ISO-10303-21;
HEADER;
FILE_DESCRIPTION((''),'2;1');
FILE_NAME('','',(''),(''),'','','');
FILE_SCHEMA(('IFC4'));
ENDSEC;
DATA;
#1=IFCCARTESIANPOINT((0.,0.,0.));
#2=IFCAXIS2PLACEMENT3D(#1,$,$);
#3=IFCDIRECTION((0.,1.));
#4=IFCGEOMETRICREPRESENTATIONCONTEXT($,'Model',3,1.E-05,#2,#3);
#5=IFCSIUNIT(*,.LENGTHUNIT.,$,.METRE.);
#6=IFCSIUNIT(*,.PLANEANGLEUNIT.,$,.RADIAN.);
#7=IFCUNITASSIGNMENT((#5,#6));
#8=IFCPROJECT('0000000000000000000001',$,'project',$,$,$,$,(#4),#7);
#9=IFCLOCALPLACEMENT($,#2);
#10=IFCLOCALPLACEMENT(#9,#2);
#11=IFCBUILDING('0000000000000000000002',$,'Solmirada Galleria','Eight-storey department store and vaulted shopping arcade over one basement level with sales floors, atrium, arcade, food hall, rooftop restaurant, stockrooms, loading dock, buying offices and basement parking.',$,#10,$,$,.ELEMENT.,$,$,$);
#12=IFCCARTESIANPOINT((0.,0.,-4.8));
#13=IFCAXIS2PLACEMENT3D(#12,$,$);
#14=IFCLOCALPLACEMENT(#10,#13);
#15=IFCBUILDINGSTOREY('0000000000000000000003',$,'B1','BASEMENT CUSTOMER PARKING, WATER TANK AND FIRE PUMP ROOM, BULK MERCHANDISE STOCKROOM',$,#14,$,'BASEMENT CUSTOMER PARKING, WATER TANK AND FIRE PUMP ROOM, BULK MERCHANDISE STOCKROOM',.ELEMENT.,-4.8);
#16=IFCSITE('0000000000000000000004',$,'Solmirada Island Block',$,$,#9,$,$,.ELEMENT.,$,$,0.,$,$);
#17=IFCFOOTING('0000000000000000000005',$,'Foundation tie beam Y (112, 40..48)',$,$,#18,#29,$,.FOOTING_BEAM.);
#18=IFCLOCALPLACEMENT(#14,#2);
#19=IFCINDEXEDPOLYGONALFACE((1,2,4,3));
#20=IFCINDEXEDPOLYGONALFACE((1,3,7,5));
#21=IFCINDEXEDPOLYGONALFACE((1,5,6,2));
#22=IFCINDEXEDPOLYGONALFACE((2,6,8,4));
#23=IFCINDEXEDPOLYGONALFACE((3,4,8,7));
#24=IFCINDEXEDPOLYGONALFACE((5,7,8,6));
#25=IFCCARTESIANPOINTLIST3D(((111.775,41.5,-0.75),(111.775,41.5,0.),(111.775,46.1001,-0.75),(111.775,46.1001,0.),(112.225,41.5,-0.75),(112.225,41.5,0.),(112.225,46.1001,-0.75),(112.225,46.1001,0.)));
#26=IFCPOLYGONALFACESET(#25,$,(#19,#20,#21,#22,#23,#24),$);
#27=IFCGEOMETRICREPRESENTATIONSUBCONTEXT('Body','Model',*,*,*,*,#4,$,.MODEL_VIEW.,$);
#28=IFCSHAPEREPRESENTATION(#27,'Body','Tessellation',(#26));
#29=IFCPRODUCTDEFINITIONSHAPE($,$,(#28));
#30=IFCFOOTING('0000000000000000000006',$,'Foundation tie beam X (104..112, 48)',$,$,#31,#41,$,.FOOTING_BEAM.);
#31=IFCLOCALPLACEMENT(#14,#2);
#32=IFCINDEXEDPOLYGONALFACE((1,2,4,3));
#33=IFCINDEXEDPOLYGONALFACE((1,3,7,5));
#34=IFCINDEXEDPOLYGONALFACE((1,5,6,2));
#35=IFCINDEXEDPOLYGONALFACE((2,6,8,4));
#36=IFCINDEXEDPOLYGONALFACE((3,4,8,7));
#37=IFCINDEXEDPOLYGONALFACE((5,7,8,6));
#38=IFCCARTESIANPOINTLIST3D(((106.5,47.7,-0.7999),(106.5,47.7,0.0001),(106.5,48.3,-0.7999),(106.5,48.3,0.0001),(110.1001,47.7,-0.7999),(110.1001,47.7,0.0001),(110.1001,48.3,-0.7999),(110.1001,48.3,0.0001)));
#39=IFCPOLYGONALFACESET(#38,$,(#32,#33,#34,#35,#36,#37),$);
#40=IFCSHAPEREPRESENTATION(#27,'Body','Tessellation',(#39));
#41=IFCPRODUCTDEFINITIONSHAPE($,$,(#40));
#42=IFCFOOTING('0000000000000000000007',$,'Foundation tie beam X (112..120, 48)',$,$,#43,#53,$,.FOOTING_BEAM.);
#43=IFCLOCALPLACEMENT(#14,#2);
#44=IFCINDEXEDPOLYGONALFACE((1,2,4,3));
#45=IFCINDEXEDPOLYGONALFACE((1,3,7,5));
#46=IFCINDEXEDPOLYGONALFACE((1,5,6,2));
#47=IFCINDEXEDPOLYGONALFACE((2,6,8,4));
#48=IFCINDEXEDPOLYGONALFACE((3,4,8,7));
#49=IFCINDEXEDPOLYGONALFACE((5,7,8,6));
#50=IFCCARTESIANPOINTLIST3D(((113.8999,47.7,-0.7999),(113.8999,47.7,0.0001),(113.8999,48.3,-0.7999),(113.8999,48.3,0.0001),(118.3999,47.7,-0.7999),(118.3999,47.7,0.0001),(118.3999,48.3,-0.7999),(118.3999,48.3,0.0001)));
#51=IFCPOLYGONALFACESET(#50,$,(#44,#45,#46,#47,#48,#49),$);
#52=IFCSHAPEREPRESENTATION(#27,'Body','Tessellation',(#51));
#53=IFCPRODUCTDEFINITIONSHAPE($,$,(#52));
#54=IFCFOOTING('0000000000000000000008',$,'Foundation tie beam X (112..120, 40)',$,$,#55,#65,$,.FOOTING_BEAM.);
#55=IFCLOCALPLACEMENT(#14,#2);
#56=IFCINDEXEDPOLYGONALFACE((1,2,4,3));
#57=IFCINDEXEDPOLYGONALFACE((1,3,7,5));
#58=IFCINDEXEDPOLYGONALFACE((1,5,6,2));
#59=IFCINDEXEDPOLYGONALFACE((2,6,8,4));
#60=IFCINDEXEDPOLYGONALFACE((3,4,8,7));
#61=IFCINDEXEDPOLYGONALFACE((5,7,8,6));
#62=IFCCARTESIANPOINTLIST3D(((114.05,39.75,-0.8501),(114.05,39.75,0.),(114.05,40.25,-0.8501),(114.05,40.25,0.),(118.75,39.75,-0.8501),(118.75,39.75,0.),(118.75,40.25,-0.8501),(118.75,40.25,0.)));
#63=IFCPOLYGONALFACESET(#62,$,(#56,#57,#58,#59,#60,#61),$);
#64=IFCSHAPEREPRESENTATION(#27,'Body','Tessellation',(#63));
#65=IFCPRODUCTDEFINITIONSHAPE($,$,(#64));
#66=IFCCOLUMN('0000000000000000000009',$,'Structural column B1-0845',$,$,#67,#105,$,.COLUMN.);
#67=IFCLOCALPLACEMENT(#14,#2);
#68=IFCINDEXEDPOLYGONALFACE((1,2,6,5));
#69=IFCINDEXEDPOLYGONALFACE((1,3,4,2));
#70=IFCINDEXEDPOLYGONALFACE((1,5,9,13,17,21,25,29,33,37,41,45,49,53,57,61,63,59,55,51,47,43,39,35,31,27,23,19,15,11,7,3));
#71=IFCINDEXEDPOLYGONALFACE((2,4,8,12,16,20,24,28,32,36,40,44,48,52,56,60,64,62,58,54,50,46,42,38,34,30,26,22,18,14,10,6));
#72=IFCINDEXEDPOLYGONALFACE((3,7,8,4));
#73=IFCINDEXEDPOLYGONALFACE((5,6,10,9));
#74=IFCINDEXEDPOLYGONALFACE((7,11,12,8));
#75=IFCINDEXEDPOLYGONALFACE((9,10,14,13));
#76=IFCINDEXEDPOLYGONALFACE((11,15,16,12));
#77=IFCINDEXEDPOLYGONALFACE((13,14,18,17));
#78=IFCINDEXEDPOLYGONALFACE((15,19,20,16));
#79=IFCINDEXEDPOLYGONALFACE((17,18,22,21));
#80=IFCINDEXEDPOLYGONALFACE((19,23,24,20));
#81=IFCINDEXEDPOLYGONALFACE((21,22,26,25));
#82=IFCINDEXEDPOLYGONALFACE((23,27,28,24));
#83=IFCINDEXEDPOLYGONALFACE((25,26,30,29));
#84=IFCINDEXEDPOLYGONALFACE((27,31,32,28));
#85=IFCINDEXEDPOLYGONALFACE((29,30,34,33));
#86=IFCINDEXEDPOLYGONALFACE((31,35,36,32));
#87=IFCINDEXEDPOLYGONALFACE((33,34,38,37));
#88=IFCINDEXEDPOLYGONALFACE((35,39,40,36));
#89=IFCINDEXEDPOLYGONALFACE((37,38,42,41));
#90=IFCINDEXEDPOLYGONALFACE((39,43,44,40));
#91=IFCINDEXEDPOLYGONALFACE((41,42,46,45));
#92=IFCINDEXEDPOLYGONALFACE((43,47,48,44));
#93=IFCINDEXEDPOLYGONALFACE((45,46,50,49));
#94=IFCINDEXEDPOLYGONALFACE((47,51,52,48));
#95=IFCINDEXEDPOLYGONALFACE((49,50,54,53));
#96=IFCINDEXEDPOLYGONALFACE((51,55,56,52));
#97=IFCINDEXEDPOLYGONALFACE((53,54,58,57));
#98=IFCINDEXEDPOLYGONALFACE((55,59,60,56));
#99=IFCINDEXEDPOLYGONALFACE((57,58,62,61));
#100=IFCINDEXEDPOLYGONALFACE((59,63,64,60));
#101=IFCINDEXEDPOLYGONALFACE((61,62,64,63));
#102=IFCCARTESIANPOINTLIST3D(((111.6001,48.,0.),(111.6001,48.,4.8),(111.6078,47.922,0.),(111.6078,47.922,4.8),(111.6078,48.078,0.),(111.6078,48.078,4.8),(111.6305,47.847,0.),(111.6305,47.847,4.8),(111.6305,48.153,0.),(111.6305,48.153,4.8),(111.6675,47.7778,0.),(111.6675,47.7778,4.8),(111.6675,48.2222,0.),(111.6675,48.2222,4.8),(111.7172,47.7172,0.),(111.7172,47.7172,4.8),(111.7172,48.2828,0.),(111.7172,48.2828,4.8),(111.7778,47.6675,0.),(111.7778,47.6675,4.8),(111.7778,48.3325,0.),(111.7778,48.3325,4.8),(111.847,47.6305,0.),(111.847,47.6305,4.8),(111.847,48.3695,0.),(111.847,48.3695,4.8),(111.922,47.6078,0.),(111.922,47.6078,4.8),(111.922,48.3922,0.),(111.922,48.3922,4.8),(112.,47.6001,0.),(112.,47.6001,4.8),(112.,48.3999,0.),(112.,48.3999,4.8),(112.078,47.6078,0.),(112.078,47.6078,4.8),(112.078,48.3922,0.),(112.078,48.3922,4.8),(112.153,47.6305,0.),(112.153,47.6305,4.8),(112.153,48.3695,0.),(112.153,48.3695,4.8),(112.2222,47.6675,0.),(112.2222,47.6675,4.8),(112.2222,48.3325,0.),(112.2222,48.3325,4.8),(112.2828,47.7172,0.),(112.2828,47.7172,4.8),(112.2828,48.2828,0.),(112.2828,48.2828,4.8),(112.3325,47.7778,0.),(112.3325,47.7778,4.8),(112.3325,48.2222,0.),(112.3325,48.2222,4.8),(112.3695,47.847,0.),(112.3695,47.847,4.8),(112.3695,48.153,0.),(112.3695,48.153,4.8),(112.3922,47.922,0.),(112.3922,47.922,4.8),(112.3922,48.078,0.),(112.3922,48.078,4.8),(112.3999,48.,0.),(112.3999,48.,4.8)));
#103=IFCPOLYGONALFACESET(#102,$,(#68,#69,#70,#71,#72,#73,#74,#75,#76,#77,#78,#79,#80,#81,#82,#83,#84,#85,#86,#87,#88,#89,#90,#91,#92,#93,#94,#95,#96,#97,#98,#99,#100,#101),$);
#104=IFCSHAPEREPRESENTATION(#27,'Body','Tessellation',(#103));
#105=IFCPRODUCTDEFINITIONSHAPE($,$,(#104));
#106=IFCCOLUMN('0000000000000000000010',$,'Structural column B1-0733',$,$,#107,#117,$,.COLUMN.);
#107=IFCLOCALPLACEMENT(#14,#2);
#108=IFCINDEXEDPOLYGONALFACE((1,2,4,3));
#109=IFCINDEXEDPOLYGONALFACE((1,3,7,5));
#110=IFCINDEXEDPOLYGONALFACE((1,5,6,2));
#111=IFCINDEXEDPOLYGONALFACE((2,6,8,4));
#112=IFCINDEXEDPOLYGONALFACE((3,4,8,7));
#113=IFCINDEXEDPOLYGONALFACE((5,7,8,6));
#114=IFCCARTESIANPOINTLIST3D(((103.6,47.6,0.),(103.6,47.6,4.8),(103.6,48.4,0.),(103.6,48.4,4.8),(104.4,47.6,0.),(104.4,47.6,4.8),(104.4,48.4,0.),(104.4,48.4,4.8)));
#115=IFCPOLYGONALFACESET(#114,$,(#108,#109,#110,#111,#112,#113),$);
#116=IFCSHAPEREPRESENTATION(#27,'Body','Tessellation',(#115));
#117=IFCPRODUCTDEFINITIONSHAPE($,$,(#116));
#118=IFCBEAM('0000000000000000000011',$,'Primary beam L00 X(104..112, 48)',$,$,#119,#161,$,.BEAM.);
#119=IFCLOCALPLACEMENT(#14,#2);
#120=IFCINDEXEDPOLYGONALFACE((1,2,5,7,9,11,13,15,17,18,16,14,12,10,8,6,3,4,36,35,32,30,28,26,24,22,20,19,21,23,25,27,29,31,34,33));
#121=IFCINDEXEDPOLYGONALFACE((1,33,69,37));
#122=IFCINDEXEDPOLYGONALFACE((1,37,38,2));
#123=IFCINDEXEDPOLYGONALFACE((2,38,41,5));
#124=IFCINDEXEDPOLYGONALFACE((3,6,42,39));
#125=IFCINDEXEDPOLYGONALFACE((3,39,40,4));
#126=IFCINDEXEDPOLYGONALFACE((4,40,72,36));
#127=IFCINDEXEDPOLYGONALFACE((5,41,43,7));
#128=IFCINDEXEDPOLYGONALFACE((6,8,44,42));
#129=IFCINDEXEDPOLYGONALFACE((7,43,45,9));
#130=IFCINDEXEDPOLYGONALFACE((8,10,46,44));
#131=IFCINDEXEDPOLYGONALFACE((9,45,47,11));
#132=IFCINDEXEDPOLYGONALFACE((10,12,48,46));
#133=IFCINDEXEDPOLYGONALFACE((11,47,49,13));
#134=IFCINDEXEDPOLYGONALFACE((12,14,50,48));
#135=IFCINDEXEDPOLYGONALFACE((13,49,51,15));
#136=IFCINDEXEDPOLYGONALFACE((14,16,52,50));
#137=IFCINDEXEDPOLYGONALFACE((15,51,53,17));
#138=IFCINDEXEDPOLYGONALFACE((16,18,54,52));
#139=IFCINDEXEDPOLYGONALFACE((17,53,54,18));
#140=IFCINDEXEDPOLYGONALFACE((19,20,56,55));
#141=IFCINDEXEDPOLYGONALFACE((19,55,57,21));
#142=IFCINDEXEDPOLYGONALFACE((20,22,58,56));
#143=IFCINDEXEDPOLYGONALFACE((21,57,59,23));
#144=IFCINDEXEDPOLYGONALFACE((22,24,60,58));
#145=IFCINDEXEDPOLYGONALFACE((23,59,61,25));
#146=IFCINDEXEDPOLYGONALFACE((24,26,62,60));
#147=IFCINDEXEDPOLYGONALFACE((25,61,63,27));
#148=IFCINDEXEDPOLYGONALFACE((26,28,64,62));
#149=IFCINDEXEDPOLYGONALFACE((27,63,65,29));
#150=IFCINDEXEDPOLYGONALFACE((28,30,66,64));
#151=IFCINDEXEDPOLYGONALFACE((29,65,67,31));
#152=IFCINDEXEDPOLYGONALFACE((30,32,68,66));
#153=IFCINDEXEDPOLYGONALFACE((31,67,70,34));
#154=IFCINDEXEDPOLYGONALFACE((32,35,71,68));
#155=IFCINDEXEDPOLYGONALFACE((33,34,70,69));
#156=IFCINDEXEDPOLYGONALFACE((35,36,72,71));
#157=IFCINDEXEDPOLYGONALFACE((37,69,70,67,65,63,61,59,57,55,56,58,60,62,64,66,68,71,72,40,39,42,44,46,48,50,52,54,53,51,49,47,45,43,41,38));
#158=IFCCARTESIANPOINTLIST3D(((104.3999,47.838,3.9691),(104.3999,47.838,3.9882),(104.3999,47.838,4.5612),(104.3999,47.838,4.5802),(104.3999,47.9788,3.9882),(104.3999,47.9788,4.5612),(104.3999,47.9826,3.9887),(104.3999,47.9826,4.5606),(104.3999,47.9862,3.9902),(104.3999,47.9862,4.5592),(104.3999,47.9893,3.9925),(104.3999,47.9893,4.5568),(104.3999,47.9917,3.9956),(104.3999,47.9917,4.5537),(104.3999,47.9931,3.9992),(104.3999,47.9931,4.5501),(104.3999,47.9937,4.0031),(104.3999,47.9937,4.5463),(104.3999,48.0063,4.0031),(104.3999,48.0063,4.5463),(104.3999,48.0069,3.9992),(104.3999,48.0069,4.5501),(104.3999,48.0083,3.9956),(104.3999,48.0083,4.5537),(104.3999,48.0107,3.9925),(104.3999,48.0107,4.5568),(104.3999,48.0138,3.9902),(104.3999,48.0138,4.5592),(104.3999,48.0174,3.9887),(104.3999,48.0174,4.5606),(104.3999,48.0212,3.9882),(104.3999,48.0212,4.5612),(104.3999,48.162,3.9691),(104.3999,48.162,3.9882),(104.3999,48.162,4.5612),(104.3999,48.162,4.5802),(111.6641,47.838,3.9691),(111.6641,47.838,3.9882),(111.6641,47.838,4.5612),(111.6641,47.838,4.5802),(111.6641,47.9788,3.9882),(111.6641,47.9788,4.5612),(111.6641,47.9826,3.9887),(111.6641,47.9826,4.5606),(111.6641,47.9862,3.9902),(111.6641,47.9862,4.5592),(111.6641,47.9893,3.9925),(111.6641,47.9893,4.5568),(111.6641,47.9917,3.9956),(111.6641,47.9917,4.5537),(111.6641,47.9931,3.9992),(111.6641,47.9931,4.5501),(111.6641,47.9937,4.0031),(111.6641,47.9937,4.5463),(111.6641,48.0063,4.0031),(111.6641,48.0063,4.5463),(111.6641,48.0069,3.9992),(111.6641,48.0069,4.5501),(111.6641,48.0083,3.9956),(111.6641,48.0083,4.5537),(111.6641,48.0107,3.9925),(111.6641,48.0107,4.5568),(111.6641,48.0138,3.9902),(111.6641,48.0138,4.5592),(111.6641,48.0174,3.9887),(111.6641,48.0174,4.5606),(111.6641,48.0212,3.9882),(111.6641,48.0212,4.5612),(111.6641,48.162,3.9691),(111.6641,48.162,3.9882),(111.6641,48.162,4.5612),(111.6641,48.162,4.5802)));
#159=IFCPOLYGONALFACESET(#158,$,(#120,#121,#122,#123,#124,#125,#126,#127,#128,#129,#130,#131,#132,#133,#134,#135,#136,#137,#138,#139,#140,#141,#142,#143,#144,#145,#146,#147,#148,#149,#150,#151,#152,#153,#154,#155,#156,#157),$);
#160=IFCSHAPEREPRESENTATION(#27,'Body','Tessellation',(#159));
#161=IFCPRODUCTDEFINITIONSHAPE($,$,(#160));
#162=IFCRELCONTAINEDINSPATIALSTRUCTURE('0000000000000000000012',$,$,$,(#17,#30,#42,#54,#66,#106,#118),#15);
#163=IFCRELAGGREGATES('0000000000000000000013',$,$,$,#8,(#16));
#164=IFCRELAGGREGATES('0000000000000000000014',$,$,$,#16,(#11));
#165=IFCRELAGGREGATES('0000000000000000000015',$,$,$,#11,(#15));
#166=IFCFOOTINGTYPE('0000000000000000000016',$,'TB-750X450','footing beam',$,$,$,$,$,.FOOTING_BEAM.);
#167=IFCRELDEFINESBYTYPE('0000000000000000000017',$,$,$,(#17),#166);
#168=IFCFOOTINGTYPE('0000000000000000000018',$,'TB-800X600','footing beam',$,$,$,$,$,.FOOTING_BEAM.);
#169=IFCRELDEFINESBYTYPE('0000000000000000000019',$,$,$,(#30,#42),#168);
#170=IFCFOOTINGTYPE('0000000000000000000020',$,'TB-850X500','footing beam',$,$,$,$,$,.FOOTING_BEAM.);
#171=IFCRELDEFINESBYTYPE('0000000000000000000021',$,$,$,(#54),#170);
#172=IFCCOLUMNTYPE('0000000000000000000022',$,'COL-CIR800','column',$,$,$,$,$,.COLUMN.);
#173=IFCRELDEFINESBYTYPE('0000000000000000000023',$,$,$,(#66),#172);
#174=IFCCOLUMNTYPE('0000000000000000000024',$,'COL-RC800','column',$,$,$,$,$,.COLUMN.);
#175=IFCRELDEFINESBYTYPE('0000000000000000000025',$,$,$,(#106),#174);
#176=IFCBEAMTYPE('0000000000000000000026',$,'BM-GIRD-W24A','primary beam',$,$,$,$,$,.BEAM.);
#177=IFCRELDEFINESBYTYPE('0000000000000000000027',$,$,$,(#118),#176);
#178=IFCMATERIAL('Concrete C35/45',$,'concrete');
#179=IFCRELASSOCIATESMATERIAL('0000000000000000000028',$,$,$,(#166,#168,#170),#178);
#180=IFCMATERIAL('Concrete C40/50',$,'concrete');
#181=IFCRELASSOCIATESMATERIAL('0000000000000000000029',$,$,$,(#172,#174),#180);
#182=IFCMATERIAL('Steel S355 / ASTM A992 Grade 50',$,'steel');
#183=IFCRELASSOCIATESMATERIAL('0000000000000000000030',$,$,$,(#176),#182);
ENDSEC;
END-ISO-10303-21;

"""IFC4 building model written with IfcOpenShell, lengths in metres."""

from ifc_helpers import new_model, si_unit, direction, frame, origin, origin_2d, place, context, subcontext, project, spatial, rectangle, circle, i_section, extrude, material, material_profile, profile_set, type_object, element, save


model = new_model("IFC4")

# Units and contexts
model_context = context("Model", 3, precision=1e-05, world=origin(), true_north=direction((0.0, 1.0)))
body_context = subcontext(model_context, "Body", "Model", "MODEL_VIEW")
ifc_project = project(units=[si_unit("LENGTHUNIT", "METRE"), si_unit("PLANEANGLEUNIT", "RADIAN")], contexts=[model_context])

# Site, building, storey
site_placement = place(None, origin())
site = spatial("IfcSite", under=ifc_project, at=site_placement, Name="Solmirada Island Block", CompositionType="ELEMENT", RefElevation=0.0)
building_placement = place(site_placement, origin())
building = spatial("IfcBuilding", under=site, at=building_placement, Name="Solmirada Galleria", Description="Eight-storey department store and vaulted shopping arcade over one basement level with sales floors, atrium, arcade, food hall, rooftop restaurant, stockrooms, loading dock, buying offices and basement parking.", CompositionType="ELEMENT")
storey_placement = place(building_placement, frame((0.0, 0.0, -4.8)))
storey = spatial("IfcBuildingStorey", under=building, at=storey_placement, Name="B1", Description="BASEMENT CUSTOMER PARKING, WATER TANK AND FIRE PUMP ROOM, BULK MERCHANDISE STOCKROOM", LongName="BASEMENT CUSTOMER PARKING, WATER TANK AND FIRE PUMP ROOM, BULK MERCHANDISE STOCKROOM", CompositionType="ELEMENT", Elevation=-4.8)

# Shared definitions
ifc_material_1 = material(Name="Concrete C35/45", Category="concrete")

# Shared definitions
ifc_material_2 = material(Name="Concrete C40/50", Category="concrete")

# Footings
ifc_material_profile_1 = material_profile(ifc_material_1, rectangle(XDim=0.45, YDim=0.75, at=origin_2d()), Name="RC750X450")
ifc_profile_set_1 = profile_set([ifc_material_profile_1], Name="Concrete C35/45")
footing_type_1 = type_object("IfcFootingType", Name="TB-750X450", Description="footing beam", PredefinedType="FOOTING_BEAM", material=ifc_profile_set_1)
footing_1_placement = place(storey_placement, frame((112.0, 41.5, -0.375), z_axis=(0.0, 1.0, 0.0), x_axis=(-1.0, 0.0, 0.0)))
element("IfcFooting", 1, at=footing_1_placement, inside=storey, type_object=footing_type_1, Name="Foundation tie beam Y (112, 40..48)", PredefinedType="FOOTING_BEAM", context=body_context, shape_type="SweptSolid", body=[
    extrude(rectangle(XDim=0.45, YDim=0.75, at=origin_2d()), origin(), (0.0, 0.0, 1.0), 4.6001),
])
ifc_material_profile_2 = material_profile(ifc_material_1, rectangle(XDim=0.6001, YDim=0.8, at=origin_2d()), Name="RC800X600")
ifc_profile_set_2 = profile_set([ifc_material_profile_2], Name="Concrete C35/45")
footing_type_2 = type_object("IfcFootingType", Name="TB-800X600", Description="footing beam", PredefinedType="FOOTING_BEAM", material=ifc_profile_set_2)
footing_2_placement = place(storey_placement, frame((106.5, 48.0, -0.3999), z_axis=(1.0, 0.0, 0.0), x_axis=(0.0, 1.0, 0.0)))
element("IfcFooting", 2, at=footing_2_placement, inside=storey, type_object=footing_type_2, Name="Foundation tie beam X (104..112, 48)", PredefinedType="FOOTING_BEAM", context=body_context, shape_type="SweptSolid", body=[
    extrude(rectangle(XDim=0.6001, YDim=0.8, at=origin_2d()), origin(), (0.0, 0.0, 1.0), 3.6001),
])
footing_3_placement = place(storey_placement, frame((113.8999, 48.0, -0.3999), z_axis=(1.0, 0.0, 0.0), x_axis=(0.0, 1.0, 0.0)))
element("IfcFooting", 3, at=footing_3_placement, inside=storey, type_object=footing_type_2, Name="Foundation tie beam X (112..120, 48)", PredefinedType="FOOTING_BEAM", context=body_context, shape_type="SweptSolid", body=[
    extrude(rectangle(XDim=0.6001, YDim=0.8, at=origin_2d()), origin(), (0.0, 0.0, 1.0), 4.5),
])
ifc_material_profile_3 = material_profile(ifc_material_1, rectangle(XDim=0.5, YDim=0.8501, at=origin_2d()), Name="RC850X500")
ifc_profile_set_3 = profile_set([ifc_material_profile_3], Name="Concrete C35/45")
footing_type_3 = type_object("IfcFootingType", Name="TB-850X500", Description="footing beam", PredefinedType="FOOTING_BEAM", material=ifc_profile_set_3)
footing_4_placement = place(storey_placement, frame((114.05, 40.0, -0.425), z_axis=(1.0, 0.0, 0.0), x_axis=(0.0, 1.0, 0.0)))
element("IfcFooting", 4, at=footing_4_placement, inside=storey, type_object=footing_type_3, Name="Foundation tie beam X (112..120, 40)", PredefinedType="FOOTING_BEAM", context=body_context, shape_type="SweptSolid", body=[
    extrude(rectangle(XDim=0.5, YDim=0.8501, at=origin_2d()), origin(), (0.0, 0.0, 1.0), 4.7),
])

# Columns
ifc_material_profile_4 = material_profile(ifc_material_2, circle(Radius=0.3999, at=origin_2d()), Name="RCCOL800")
ifc_profile_set_4 = profile_set([ifc_material_profile_4], Name="Concrete C40/50")
column_type_1 = type_object("IfcColumnType", Name="COL-CIR800", Description="column", PredefinedType="COLUMN", material=ifc_profile_set_4)
column_1_placement = place(storey_placement, frame((112.0, 48.0, 0.0), z_axis=(0.0, 0.0, 1.0), x_axis=(1.0, 0.0, 0.0)))
element("IfcColumn", 5, at=column_1_placement, inside=storey, type_object=column_type_1, Name="Structural column B1-0845", PredefinedType="COLUMN", context=body_context, shape_type="SweptSolid", body=[
    extrude(circle(Radius=0.3999, at=origin_2d()), origin(), (0.0, 0.0, 1.0), 4.8),
])
ifc_material_profile_5 = material_profile(ifc_material_2, rectangle(XDim=0.8, YDim=0.8, at=origin_2d()), Name="RC800X800")
ifc_profile_set_5 = profile_set([ifc_material_profile_5], Name="Concrete C40/50")
column_type_2 = type_object("IfcColumnType", Name="COL-RC800", Description="column", PredefinedType="COLUMN", material=ifc_profile_set_5)
column_2_placement = place(storey_placement, frame((104.0, 48.0, 0.0), z_axis=(0.0, 0.0, 1.0), x_axis=(1.0, 0.0, 0.0)))
element("IfcColumn", 6, at=column_2_placement, inside=storey, type_object=column_type_2, Name="Structural column B1-0733", PredefinedType="COLUMN", context=body_context, shape_type="SweptSolid", body=[
    extrude(rectangle(XDim=0.8, YDim=0.8, at=origin_2d()), origin(), (0.0, 0.0, 1.0), 4.8),
])

# Beam
ifc_material_3 = material(Name="Steel S355 / ASTM A992 Grade 50", Category="steel")
ifc_material_profile_6 = material_profile(ifc_material_3, i_section(OverallWidth=0.324, OverallDepth=0.6111, WebThickness=0.0127, FlangeThickness=0.019, FilletRadius=0.0149, at=origin_2d()), Name="W24X104")
ifc_profile_set_6 = profile_set([ifc_material_profile_6], Name="Steel S355 / ASTM A992 Grade 50")
beam_type_1 = type_object("IfcBeamType", Name="BM-GIRD-W24A", Description="primary beam", PredefinedType="BEAM", material=ifc_profile_set_6)
beam_1_placement = place(storey_placement, frame((104.3999, 48.0, 4.2747), z_axis=(1.0, 0.0, 0.0), x_axis=(0.0, 1.0, 0.0)))
element("IfcBeam", 7, at=beam_1_placement, inside=storey, type_object=beam_type_1, Name="Primary beam L00 X(104..112, 48)", PredefinedType="BEAM", context=body_context, shape_type="SweptSolid", body=[
    extrude(i_section(OverallWidth=0.324, OverallDepth=0.6111, WebThickness=0.0127, FlangeThickness=0.019, FilletRadius=0.0149, at=origin_2d()), origin(), (0.0, 0.0, 1.0), 7.2642),
])

save(model, "model.ifc")
